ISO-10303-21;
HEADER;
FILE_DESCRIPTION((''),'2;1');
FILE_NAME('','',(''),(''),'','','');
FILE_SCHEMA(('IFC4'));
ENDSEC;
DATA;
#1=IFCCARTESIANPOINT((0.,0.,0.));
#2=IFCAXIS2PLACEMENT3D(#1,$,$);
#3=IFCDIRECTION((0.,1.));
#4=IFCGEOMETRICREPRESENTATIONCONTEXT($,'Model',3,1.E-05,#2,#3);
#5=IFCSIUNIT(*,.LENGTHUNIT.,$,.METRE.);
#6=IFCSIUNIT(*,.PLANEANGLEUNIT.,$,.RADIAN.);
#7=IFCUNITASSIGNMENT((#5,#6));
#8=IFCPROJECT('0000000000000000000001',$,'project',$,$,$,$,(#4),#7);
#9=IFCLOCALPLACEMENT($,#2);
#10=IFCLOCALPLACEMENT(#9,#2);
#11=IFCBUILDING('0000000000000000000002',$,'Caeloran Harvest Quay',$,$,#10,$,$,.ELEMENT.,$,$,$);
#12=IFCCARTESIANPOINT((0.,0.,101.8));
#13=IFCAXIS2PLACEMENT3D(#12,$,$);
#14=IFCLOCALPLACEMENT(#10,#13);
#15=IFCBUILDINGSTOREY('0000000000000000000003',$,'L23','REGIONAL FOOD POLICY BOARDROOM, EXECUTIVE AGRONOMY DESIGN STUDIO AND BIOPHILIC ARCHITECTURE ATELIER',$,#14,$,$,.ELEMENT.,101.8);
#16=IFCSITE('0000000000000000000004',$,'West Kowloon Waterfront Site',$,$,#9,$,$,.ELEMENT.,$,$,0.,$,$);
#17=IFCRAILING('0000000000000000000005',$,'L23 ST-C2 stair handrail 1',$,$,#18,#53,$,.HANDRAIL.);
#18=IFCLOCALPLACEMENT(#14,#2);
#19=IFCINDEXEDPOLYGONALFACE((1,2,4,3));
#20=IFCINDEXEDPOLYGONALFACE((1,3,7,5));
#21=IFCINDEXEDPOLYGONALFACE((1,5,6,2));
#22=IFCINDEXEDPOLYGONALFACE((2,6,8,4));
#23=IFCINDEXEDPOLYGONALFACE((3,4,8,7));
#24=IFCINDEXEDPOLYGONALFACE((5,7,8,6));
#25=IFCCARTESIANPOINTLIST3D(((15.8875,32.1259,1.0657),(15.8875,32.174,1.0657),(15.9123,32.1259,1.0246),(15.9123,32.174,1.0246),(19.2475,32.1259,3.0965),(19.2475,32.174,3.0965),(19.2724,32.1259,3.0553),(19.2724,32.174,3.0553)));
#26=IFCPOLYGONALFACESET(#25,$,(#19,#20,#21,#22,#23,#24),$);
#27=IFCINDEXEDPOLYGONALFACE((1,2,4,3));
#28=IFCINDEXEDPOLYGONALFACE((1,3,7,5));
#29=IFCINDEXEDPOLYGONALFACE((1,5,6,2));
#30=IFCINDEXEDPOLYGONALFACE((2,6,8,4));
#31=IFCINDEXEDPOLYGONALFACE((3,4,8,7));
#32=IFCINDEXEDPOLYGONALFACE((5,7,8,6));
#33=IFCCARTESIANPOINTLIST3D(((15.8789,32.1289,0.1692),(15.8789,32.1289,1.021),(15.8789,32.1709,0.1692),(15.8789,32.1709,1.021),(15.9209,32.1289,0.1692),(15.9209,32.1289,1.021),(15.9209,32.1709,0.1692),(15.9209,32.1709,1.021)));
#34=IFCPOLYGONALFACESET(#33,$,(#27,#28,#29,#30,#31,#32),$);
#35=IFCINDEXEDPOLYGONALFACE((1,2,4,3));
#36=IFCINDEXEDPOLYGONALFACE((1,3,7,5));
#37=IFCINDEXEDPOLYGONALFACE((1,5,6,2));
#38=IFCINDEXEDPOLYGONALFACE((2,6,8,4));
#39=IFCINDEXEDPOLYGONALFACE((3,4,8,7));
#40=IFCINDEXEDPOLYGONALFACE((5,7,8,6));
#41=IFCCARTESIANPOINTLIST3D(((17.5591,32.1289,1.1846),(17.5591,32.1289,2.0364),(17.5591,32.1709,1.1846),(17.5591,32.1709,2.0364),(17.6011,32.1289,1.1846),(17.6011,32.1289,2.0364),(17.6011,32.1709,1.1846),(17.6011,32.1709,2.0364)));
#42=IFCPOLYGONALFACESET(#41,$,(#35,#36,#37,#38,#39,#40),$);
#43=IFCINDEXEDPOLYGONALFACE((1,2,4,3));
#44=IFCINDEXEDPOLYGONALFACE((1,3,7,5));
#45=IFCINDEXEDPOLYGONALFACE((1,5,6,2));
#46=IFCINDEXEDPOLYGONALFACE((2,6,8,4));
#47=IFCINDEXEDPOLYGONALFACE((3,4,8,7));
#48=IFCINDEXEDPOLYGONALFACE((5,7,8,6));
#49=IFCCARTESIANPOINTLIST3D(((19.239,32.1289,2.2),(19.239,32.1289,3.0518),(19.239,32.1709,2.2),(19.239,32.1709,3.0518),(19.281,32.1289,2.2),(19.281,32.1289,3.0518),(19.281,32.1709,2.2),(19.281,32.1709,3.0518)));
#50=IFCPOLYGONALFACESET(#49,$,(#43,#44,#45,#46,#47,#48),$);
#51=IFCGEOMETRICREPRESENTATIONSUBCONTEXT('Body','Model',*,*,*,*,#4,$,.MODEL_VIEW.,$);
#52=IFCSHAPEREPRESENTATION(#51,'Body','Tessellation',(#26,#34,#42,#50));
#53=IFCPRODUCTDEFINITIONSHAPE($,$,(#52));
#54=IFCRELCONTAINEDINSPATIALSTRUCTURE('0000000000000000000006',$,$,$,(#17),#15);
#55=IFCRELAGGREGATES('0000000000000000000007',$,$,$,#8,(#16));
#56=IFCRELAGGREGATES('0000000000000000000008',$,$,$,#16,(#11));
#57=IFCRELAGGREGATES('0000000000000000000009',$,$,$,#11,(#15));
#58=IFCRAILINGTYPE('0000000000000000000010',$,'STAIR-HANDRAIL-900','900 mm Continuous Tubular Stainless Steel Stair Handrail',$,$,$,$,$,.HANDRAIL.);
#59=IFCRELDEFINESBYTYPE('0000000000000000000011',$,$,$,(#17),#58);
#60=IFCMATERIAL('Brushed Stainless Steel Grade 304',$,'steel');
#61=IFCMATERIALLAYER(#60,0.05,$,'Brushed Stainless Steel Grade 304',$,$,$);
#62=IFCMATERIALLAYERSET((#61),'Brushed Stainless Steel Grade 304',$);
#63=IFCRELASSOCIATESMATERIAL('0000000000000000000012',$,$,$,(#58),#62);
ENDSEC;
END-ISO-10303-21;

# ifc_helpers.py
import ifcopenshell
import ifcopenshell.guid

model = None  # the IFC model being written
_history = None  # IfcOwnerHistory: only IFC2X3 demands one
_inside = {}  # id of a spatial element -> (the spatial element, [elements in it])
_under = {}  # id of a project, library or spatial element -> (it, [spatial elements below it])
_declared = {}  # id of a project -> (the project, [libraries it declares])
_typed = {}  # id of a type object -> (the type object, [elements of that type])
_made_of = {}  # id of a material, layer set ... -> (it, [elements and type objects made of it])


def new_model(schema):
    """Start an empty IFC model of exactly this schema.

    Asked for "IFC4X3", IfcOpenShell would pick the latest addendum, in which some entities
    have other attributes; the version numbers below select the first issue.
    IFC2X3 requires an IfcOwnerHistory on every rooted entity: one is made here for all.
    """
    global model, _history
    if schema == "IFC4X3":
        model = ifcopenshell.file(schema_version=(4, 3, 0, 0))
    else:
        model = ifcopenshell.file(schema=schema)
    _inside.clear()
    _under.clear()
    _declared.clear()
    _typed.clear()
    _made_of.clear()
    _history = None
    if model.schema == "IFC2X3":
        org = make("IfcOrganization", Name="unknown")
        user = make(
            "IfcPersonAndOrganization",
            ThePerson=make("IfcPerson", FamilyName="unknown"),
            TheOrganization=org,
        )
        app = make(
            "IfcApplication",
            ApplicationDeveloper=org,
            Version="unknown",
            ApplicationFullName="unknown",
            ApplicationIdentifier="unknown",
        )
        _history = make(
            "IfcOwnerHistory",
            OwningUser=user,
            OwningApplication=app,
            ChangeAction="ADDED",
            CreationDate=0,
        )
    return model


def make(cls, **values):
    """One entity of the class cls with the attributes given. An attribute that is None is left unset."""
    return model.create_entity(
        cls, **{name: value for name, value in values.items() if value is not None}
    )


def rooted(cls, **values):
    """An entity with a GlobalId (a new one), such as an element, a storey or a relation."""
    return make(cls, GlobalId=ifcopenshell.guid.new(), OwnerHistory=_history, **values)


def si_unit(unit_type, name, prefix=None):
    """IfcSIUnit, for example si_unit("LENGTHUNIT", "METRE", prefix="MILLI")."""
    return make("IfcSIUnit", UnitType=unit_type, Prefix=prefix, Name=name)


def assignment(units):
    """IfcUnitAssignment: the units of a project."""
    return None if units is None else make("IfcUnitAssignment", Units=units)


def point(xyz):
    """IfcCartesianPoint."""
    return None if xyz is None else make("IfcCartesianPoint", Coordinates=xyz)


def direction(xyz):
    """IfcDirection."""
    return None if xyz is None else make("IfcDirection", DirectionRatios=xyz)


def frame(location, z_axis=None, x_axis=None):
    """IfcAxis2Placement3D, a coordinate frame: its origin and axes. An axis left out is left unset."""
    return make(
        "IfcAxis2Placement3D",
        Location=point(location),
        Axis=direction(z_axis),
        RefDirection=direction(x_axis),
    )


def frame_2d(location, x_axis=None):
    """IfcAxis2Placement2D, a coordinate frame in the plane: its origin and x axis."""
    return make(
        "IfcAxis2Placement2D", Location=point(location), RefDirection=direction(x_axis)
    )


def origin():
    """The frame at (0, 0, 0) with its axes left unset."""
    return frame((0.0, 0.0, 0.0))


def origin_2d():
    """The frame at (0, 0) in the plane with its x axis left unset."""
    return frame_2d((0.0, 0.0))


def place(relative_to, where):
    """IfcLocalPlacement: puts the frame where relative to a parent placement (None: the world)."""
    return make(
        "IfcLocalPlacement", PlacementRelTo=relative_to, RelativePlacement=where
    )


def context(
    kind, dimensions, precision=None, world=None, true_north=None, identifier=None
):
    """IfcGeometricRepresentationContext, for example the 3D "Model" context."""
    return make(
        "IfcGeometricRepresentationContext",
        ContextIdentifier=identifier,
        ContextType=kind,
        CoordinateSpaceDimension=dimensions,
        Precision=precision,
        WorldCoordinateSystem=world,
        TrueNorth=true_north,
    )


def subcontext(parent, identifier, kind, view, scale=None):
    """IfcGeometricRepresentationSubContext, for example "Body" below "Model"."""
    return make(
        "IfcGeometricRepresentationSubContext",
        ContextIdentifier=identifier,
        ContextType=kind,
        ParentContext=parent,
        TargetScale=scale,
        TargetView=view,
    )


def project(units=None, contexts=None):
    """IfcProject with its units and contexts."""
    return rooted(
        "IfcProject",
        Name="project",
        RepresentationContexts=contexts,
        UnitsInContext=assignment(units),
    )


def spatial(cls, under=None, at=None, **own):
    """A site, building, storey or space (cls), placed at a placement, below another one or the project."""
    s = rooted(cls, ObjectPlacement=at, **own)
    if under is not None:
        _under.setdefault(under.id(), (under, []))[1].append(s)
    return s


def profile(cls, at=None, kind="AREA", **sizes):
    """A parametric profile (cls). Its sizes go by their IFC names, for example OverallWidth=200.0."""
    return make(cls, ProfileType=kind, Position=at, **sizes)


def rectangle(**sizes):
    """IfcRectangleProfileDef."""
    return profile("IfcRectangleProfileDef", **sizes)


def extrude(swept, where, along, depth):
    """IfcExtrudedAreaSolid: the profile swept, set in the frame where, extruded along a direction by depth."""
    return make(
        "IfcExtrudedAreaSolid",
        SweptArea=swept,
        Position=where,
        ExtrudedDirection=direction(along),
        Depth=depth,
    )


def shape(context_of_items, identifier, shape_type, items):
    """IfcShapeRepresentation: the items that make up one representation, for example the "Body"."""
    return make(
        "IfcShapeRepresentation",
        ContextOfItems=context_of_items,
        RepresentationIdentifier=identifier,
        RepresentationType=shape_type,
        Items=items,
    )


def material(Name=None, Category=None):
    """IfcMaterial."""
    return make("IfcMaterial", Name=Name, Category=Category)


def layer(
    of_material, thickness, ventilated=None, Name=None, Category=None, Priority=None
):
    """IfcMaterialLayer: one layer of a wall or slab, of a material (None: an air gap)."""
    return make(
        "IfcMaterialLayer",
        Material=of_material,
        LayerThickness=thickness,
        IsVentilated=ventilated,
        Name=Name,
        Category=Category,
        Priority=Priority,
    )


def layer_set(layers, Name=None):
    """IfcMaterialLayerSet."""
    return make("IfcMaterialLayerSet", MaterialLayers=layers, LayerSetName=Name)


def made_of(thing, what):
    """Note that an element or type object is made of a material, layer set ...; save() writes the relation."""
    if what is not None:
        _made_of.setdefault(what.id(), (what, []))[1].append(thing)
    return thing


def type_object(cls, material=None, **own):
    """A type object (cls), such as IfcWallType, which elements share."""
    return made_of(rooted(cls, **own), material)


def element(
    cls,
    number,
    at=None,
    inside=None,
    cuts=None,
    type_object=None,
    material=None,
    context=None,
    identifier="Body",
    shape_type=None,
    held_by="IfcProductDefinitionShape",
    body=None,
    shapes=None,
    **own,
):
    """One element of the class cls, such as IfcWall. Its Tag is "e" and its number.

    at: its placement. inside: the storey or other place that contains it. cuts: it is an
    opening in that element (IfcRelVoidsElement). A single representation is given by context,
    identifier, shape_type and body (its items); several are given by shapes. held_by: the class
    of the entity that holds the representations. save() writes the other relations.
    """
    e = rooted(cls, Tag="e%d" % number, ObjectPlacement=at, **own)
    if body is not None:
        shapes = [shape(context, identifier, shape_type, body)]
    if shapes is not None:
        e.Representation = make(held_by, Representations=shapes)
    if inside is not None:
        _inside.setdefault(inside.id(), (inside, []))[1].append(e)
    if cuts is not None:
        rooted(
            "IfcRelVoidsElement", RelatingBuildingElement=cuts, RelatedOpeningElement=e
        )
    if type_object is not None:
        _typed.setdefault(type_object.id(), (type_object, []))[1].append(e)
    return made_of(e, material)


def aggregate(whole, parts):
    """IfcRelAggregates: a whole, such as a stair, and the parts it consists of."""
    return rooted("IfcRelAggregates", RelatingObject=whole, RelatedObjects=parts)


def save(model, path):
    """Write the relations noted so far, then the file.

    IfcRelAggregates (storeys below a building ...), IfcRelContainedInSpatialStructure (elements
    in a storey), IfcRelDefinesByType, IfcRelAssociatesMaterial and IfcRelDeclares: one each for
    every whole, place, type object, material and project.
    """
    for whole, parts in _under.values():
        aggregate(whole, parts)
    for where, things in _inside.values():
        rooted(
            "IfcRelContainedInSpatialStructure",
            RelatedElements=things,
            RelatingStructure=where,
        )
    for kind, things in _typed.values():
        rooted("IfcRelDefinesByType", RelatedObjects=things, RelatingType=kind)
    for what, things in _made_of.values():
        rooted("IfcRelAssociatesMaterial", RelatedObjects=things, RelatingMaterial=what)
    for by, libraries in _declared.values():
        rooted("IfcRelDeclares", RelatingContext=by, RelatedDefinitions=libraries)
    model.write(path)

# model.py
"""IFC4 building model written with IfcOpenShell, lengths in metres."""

from ifc_helpers import new_model, si_unit, direction, frame, origin, origin_2d, place, context, subcontext, project, spatial, rectangle, extrude, material, layer, layer_set, type_object, element, save


model = new_model("IFC4")

# Units and contexts
model_context = context("Model", 3, precision=1e-05, world=origin(), true_north=direction((0.0, 1.0)))
body_context = subcontext(model_context, "Body", "Model", "MODEL_VIEW")
ifc_project = project(units=[si_unit("LENGTHUNIT", "METRE"), si_unit("PLANEANGLEUNIT", "RADIAN")], contexts=[model_context])

# Site, building, storey
site_placement = place(None, origin())
site = spatial("IfcSite", under=ifc_project, at=site_placement, Name="West Kowloon Waterfront Site", CompositionType="ELEMENT", RefElevation=0.0)
building_placement = place(site_placement, origin())
building = spatial("IfcBuilding", under=site, at=building_placement, Name="Caeloran Harvest Quay", CompositionType="ELEMENT")
storey_placement = place(building_placement, frame((0.0, 0.0, 101.8)))
storey = spatial("IfcBuildingStorey", under=building, at=storey_placement, Name="L23", Description="REGIONAL FOOD POLICY BOARDROOM, EXECUTIVE AGRONOMY DESIGN STUDIO AND BIOPHILIC ARCHITECTURE ATELIER", CompositionType="ELEMENT", Elevation=101.8)

# Railing
ifc_material_1 = material(Name="Brushed Stainless Steel Grade 304", Category="steel")
ifc_layer_1 = layer(ifc_material_1, 0.05, Name="Brushed Stainless Steel Grade 304")
ifc_layer_set_1 = layer_set([ifc_layer_1], Name="Brushed Stainless Steel Grade 304")
railing_type_1 = type_object("IfcRailingType", Name="STAIR-HANDRAIL-900", Description="900 mm Continuous Tubular Stainless Steel Stair Handrail", PredefinedType="HANDRAIL", material=ifc_layer_set_1)
for number, where, name in (
    (1, (15.8999, 32.1499, 0.1692), "L23 ST-C2 stair handrail 1"),
):
    element("IfcRailing", number, at=place(storey_placement, frame(where)), inside=storey, type_object=railing_type_1, Name=name, PredefinedType="HANDRAIL", context=body_context, shape_type="SweptSolid", body=[
        extrude(rectangle(XDim=0.0481, YDim=0.0481, at=origin_2d()), frame((0.0, 0.0, 0.876), z_axis=(0.855837, 0.0, 0.517246), x_axis=(0.0, 1.0, 0.0)), (0.0, 0.0, 1.0), 3.926),
        extrude(rectangle(XDim=0.042, YDim=0.042, at=origin_2d()), origin(), (0.0, 0.0, 1.0), 0.8518),
        extrude(rectangle(XDim=0.042, YDim=0.042, at=origin_2d()), frame((1.6802, 0.0, 1.0154)), (0.0, 0.0, 1.0), 0.8518),
        extrude(rectangle(XDim=0.042, YDim=0.042, at=origin_2d()), frame((3.3601, 0.0, 2.0308)), (0.0, 0.0, 1.0), 0.8518),
    ])

save(model, "model.ifc")
